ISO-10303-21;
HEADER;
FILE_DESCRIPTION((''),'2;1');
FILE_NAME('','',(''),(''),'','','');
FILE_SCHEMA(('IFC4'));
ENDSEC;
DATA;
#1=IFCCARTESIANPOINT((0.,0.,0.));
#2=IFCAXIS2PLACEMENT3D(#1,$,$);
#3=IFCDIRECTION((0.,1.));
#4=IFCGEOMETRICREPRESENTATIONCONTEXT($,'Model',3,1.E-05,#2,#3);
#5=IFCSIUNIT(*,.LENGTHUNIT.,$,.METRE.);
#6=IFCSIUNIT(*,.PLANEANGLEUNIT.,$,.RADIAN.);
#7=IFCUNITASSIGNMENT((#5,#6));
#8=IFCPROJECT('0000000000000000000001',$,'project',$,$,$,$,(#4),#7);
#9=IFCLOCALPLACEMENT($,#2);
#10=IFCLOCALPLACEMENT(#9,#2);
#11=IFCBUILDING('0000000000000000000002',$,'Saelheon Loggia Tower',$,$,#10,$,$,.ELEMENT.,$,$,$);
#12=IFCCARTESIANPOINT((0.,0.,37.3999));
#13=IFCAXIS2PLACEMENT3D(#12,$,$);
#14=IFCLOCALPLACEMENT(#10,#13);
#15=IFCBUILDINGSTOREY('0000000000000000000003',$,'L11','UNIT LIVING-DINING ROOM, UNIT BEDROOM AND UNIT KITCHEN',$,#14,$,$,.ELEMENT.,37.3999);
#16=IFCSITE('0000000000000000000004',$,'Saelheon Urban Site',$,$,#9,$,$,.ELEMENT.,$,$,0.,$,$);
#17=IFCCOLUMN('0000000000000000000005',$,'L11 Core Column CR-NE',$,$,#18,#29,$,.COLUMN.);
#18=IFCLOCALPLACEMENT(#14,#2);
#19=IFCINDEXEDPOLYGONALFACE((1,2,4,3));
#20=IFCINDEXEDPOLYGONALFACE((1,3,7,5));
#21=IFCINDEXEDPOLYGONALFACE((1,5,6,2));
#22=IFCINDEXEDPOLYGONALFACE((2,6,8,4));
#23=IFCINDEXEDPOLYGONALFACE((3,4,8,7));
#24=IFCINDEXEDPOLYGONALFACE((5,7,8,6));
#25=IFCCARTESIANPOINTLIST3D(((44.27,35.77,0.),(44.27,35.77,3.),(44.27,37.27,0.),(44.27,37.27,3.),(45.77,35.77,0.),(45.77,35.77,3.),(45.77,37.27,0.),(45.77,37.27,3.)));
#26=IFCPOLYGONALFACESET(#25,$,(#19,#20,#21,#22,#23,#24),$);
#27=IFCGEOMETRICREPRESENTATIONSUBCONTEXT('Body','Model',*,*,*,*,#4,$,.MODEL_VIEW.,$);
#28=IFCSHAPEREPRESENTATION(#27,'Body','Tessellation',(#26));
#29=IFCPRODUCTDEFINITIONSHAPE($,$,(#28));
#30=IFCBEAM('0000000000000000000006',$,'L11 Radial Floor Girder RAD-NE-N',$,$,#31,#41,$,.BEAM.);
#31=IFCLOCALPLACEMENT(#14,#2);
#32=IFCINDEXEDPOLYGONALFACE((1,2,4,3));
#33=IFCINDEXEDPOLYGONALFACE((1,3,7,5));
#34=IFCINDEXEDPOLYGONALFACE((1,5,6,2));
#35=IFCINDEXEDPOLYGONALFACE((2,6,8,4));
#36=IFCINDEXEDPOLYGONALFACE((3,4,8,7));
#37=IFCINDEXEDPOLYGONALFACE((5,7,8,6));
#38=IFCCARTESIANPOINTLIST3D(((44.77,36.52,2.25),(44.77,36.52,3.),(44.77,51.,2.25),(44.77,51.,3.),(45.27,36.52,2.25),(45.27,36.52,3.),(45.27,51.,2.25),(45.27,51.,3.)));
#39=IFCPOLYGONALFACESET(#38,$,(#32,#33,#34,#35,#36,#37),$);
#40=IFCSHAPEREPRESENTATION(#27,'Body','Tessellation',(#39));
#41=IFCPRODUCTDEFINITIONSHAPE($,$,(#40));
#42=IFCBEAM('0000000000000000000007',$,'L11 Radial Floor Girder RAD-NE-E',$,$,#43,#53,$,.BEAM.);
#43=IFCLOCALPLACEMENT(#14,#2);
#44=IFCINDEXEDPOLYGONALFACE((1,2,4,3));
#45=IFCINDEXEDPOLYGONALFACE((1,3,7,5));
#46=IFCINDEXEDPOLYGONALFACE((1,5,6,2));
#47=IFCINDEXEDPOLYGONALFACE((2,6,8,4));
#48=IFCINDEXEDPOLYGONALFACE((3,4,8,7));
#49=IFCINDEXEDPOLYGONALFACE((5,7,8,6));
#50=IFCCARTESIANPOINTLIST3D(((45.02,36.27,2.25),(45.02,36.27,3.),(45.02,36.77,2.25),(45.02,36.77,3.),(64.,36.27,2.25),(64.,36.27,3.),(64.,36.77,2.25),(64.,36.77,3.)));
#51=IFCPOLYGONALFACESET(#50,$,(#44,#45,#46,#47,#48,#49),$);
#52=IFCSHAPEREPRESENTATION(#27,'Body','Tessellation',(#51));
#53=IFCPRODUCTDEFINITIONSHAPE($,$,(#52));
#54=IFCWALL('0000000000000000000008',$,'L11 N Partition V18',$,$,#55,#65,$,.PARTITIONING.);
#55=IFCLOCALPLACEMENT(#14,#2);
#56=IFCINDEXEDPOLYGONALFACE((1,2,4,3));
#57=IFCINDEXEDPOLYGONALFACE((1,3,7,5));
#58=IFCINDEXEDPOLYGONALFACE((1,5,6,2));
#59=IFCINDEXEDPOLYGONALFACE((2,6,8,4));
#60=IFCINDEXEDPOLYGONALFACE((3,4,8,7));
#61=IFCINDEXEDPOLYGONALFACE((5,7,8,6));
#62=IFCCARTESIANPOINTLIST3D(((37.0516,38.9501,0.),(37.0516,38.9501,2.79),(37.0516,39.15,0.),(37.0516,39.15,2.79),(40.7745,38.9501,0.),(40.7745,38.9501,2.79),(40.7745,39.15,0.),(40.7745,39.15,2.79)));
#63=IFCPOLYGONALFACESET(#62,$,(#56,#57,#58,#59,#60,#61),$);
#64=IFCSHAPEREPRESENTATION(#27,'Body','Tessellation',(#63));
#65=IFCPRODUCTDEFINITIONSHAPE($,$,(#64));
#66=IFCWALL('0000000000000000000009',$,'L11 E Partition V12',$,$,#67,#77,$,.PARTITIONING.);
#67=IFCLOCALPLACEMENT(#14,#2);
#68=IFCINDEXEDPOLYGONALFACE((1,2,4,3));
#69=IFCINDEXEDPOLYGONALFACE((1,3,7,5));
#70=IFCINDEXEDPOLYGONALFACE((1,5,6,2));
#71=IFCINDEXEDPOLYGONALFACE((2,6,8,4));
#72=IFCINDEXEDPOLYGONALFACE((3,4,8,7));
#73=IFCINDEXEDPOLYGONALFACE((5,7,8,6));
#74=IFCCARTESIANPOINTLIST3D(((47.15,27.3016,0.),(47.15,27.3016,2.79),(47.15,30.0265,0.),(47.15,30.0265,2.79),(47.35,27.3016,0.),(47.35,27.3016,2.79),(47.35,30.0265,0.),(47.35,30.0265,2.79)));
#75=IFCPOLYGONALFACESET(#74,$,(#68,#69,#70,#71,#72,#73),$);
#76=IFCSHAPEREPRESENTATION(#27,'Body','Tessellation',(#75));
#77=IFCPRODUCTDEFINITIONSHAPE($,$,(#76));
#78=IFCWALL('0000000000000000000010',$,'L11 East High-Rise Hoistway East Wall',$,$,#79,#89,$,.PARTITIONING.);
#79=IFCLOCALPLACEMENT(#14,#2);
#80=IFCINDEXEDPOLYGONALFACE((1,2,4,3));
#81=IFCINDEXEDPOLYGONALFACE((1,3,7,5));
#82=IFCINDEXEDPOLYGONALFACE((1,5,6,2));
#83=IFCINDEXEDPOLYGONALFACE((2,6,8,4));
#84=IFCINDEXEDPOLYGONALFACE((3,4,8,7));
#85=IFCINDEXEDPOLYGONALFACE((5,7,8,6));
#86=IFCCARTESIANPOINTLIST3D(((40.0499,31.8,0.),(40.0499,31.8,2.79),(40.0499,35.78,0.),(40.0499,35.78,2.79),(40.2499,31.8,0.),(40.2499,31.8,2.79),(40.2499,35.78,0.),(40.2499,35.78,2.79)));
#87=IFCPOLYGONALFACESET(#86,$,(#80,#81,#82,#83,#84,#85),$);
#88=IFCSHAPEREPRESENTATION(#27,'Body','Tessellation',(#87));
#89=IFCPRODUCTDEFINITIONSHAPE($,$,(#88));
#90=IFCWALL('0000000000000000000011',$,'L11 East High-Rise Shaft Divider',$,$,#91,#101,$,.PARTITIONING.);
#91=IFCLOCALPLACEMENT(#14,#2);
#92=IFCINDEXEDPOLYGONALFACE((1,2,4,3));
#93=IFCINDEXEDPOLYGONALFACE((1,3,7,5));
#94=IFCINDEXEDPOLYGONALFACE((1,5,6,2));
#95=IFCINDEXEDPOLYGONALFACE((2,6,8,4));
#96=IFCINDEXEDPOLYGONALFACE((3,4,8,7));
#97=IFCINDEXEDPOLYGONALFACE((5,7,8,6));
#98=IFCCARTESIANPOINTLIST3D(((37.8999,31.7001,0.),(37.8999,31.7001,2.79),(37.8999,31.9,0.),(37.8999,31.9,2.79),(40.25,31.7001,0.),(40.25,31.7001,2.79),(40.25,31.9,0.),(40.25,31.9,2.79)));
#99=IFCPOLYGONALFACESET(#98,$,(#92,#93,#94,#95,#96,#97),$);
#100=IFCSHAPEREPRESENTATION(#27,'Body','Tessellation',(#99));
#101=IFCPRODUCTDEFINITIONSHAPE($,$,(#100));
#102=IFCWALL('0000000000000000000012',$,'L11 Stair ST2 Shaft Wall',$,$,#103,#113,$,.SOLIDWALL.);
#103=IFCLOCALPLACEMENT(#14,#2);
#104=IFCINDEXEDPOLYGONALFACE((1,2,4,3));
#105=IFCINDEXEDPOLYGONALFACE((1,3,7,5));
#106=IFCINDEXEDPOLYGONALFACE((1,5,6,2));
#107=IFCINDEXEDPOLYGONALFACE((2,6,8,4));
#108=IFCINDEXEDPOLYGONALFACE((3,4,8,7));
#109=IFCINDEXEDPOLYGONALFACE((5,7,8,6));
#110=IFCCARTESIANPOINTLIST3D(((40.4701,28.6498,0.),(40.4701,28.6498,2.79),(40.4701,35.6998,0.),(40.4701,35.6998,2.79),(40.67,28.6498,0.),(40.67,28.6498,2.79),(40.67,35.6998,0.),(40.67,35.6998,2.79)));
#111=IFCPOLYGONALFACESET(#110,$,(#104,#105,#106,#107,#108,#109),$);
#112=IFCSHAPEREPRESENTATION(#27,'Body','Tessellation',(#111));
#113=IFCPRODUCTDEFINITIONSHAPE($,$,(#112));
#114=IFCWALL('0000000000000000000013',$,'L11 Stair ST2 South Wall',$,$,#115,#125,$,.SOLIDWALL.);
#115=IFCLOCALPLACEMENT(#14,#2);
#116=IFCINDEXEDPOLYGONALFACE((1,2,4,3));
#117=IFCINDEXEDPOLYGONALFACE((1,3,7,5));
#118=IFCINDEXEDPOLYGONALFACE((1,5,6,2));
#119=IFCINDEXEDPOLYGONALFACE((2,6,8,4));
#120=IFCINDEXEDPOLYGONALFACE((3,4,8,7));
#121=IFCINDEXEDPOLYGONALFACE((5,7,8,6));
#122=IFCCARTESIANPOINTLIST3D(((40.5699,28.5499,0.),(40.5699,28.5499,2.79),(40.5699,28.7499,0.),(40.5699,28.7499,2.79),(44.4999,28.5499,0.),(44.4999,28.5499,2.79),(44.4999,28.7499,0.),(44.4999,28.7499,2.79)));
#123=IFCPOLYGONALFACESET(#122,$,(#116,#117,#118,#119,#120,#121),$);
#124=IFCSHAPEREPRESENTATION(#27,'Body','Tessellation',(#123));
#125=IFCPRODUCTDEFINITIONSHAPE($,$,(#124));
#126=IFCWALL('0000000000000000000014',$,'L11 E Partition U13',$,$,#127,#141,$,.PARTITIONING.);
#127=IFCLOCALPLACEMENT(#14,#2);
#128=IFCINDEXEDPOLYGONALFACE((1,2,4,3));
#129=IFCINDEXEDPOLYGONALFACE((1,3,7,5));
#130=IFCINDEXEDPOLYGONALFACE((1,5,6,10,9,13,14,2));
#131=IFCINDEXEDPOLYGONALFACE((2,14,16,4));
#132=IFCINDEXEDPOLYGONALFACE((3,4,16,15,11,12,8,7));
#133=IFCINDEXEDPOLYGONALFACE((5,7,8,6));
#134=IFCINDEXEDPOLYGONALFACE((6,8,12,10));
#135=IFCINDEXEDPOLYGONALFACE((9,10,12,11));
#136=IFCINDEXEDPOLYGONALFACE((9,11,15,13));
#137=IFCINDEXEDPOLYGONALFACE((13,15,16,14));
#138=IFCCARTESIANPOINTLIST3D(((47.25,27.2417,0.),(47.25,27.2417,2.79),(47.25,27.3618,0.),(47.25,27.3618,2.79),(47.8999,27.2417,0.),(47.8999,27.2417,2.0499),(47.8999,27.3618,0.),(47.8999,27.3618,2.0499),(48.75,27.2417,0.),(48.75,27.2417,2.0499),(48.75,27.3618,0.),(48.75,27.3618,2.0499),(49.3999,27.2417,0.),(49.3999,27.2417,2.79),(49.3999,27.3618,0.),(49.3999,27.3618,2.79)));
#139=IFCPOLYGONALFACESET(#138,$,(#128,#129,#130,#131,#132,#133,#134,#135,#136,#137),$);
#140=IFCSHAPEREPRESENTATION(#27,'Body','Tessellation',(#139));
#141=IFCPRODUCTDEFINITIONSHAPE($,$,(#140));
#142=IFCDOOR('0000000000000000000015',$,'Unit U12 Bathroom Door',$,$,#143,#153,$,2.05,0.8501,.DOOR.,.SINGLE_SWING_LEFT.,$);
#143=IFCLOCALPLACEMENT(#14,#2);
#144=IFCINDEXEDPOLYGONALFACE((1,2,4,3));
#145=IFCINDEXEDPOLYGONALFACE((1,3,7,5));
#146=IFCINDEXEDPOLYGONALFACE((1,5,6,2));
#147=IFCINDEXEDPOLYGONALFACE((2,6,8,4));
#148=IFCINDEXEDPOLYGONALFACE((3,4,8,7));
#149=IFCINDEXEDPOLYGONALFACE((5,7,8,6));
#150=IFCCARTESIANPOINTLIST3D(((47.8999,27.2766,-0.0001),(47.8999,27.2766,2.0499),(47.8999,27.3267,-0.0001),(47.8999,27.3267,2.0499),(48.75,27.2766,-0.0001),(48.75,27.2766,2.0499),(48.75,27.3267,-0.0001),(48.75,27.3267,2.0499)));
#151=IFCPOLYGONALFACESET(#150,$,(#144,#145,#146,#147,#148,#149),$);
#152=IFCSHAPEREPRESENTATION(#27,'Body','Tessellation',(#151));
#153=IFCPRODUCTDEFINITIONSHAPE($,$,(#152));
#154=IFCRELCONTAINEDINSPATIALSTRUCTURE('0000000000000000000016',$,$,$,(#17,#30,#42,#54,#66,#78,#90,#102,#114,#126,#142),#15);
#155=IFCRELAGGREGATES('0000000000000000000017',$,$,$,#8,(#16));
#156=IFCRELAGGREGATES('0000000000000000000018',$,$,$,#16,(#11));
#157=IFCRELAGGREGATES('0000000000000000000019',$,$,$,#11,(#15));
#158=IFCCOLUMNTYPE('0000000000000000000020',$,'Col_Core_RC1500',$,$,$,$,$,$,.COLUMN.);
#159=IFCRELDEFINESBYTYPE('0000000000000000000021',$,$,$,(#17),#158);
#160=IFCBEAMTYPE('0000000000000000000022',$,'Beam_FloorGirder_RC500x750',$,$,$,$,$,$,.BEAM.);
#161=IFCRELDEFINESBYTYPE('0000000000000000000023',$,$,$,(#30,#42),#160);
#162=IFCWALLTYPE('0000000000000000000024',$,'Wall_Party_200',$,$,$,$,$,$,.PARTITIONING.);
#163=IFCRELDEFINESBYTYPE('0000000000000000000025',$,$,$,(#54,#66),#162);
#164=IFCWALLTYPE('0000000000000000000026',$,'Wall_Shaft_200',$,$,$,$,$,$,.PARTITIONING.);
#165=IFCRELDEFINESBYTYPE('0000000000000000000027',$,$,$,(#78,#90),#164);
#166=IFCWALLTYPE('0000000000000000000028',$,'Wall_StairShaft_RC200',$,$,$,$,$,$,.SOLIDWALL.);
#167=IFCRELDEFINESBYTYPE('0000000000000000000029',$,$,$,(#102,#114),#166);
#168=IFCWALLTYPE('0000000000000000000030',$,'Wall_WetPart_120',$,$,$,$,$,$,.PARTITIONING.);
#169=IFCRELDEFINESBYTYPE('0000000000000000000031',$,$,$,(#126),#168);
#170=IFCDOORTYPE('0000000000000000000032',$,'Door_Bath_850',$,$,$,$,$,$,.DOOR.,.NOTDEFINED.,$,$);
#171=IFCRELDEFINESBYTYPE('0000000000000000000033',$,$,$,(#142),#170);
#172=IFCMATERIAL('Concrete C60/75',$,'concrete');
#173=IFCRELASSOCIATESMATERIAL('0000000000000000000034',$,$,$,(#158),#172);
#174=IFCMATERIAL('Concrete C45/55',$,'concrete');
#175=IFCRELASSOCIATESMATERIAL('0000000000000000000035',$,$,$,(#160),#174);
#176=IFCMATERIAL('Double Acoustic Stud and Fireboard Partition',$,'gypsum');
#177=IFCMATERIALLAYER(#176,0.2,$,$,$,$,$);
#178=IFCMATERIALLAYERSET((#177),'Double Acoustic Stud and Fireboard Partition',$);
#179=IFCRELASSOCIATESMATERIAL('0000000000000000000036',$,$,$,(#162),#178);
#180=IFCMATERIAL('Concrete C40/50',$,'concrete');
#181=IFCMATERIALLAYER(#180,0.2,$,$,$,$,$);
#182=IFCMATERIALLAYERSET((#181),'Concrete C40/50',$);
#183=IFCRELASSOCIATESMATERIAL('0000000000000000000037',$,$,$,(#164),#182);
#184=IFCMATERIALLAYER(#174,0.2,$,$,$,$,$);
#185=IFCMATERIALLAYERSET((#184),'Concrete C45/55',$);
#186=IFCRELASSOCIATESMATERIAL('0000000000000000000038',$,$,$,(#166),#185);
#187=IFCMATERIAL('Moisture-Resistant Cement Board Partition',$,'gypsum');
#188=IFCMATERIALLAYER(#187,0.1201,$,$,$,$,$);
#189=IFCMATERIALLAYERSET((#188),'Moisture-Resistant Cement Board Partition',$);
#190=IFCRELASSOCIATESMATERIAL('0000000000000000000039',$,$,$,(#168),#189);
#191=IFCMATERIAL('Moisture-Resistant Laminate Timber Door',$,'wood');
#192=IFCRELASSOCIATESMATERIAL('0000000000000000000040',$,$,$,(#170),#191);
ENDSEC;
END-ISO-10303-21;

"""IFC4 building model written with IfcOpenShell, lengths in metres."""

from ifc_helpers import new_model, si_unit, direction, frame, frame_2d, origin, origin_2d, place, context, subcontext, project, spatial, rectangle, extrude, source, transform, mapped, material, layer, layer_set, material_profile, profile_set, type_object, element, fill, save


model = new_model("IFC4")

# Units and contexts
model_context = context("Model", 3, precision=1e-05, world=origin(), true_north=direction((0.0, 1.0)))
body_context = subcontext(model_context, "Body", "Model", "MODEL_VIEW")
ifc_project = project(units=[si_unit("LENGTHUNIT", "METRE"), si_unit("PLANEANGLEUNIT", "RADIAN")], contexts=[model_context])

# Site, building, storey
site_placement = place(None, origin())
site = spatial("IfcSite", under=ifc_project, at=site_placement, Name="Saelheon Urban Site", CompositionType="ELEMENT", RefElevation=0.0)
building_placement = place(site_placement, origin())
building = spatial("IfcBuilding", under=site, at=building_placement, Name="Saelheon Loggia Tower", CompositionType="ELEMENT")
storey_placement = place(building_placement, frame((0.0, 0.0, 37.3999)))
storey = spatial("IfcBuildingStorey", under=building, at=storey_placement, Name="L11", Description="UNIT LIVING-DINING ROOM, UNIT BEDROOM AND UNIT KITCHEN", CompositionType="ELEMENT", Elevation=37.3999)

# Column
ifc_material_1 = material(Name="Concrete C60/75", Category="concrete")
ifc_material_profile_1 = material_profile(ifc_material_1, rectangle(XDim=1.5, YDim=1.5, at=origin_2d()), Name="RC-1500x1500")
ifc_profile_set_1 = profile_set([ifc_material_profile_1], Name="Concrete C60/75")
column_type = type_object("IfcColumnType", Name="Col_Core_RC1500", PredefinedType="COLUMN", material=ifc_profile_set_1)
shared_shape_1 = source(origin(), body_context, "Body", "SweptSolid", [
    extrude(rectangle(XDim=1.5, YDim=1.5, at=origin_2d()), origin(), (0.0, 0.0, 1.0), 3.0),
])
column_placement = place(storey_placement, frame((45.02, 36.52, 0.0), z_axis=(0.0, 0.0, 1.0), x_axis=(1.0, 0.0, 0.0)))
element("IfcColumn", 1, at=column_placement, inside=storey, type_object=column_type, Name="L11 Core Column CR-NE", PredefinedType="COLUMN", context=body_context, shape_type="MappedRepresentation", body=[
    mapped(shared_shape_1, transform((0.0, 0.0, 0.0), scale=1.0)),
])

# Beams
ifc_material_2 = material(Name="Concrete C45/55", Category="concrete")
ifc_material_profile_2 = material_profile(ifc_material_2, rectangle(XDim=0.5, YDim=0.75, at=origin_2d()), Name="RC-500x750")
ifc_profile_set_2 = profile_set([ifc_material_profile_2], Name="Concrete C45/55")
beam_type = type_object("IfcBeamType", Name="Beam_FloorGirder_RC500x750", PredefinedType="BEAM", material=ifc_profile_set_2)
shared_shape_2 = source(origin(), body_context, "Body", "SweptSolid", [
    extrude(rectangle(XDim=0.5, YDim=0.75, at=origin_2d()), origin(), (0.0, 0.0, 1.0), 14.48),
])
beam_1_placement = place(storey_placement, frame((45.02, 36.52, 2.625), z_axis=(0.0, 1.0, 0.0), x_axis=(-1.0, 0.0, 0.0)))
element("IfcBeam", 2, at=beam_1_placement, inside=storey, type_object=beam_type, Name="L11 Radial Floor Girder RAD-NE-N", PredefinedType="BEAM", context=body_context, shape_type="MappedRepresentation", body=[
    mapped(shared_shape_2, transform((0.0, 0.0, 0.0), scale=1.0)),
])
shared_shape_3 = source(origin(), body_context, "Body", "SweptSolid", [
    extrude(rectangle(XDim=0.5, YDim=0.75, at=origin_2d()), origin(), (0.0, 0.0, 1.0), 18.98),
])
beam_2_placement = place(storey_placement, frame((45.02, 36.52, 2.625), z_axis=(1.0, 0.0, 0.0), x_axis=(0.0, 1.0, 0.0)))
element("IfcBeam", 3, at=beam_2_placement, inside=storey, type_object=beam_type, Name="L11 Radial Floor Girder RAD-NE-E", PredefinedType="BEAM", context=body_context, shape_type="MappedRepresentation", body=[
    mapped(shared_shape_3, transform((0.0, 0.0, 0.0), scale=1.0)),
])

# Walls
ifc_material_3 = material(Name="Double Acoustic Stud and Fireboard Partition", Category="gypsum")
ifc_layer_1 = layer(ifc_material_3, 0.2)
ifc_layer_set_1 = layer_set([ifc_layer_1], Name="Double Acoustic Stud and Fireboard Partition")
wall_type_1 = type_object("IfcWallType", Name="Wall_Party_200", PredefinedType="PARTITIONING", material=ifc_layer_set_1)
wall_1_placement = place(storey_placement, frame((37.0518, 39.05, 0.0), z_axis=(0.0, 0.0, 1.0), x_axis=(1.0, 0.0, 0.0)))
element("IfcWall", 4, at=wall_1_placement, inside=storey, type_object=wall_type_1, Name="L11 N Partition V18", PredefinedType="PARTITIONING", context=body_context, shape_type="SweptSolid", body=[
    extrude(rectangle(XDim=3.7229, YDim=0.2, at=frame_2d((1.8613, 0.0))), origin(), (0.0, 0.0, 1.0), 2.79),
])
wall_2_placement = place(storey_placement, frame((47.25, 27.3018, 0.0), z_axis=(0.0, 0.0, 1.0), x_axis=(0.0, 1.0, 0.0)))
element("IfcWall", 5, at=wall_2_placement, inside=storey, type_object=wall_type_1, Name="L11 E Partition V12", PredefinedType="PARTITIONING", context=body_context, shape_type="SweptSolid", body=[
    extrude(rectangle(XDim=2.7249, YDim=0.2, at=frame_2d((1.3623, 0.0))), origin(), (0.0, 0.0, 1.0), 2.79),
])
ifc_material_4 = material(Name="Concrete C40/50", Category="concrete")
ifc_layer_2 = layer(ifc_material_4, 0.2)
ifc_layer_set_2 = layer_set([ifc_layer_2], Name="Concrete C40/50")
wall_type_2 = type_object("IfcWallType", Name="Wall_Shaft_200", PredefinedType="PARTITIONING", material=ifc_layer_set_2)
wall_3_placement = place(storey_placement, frame((40.1499, 31.8, 0.0), z_axis=(0.0, 0.0, 1.0), x_axis=(0.0, 1.0, 0.0)))
element("IfcWall", 6, at=wall_3_placement, inside=storey, type_object=wall_type_2, Name="L11 East High-Rise Hoistway East Wall", PredefinedType="PARTITIONING", context=body_context, shape_type="SweptSolid", body=[
    extrude(rectangle(XDim=3.98, YDim=0.2, at=frame_2d((1.99, 0.0))), origin(), (0.0, 0.0, 1.0), 2.79),
])
wall_4_placement = place(storey_placement, frame((37.8999, 31.8, 0.0), z_axis=(0.0, 0.0, 1.0), x_axis=(1.0, 0.0, 0.0)))
element("IfcWall", 7, at=wall_4_placement, inside=storey, type_object=wall_type_2, Name="L11 East High-Rise Shaft Divider", PredefinedType="PARTITIONING", context=body_context, shape_type="SweptSolid", body=[
    extrude(rectangle(XDim=2.3501, YDim=0.2, at=frame_2d((1.175, 0.0))), origin(), (0.0, 0.0, 1.0), 2.79),
])
ifc_layer_3 = layer(ifc_material_2, 0.2)
ifc_layer_set_3 = layer_set([ifc_layer_3], Name="Concrete C45/55")
wall_type_3 = type_object("IfcWallType", Name="Wall_StairShaft_RC200", PredefinedType="SOLIDWALL", material=ifc_layer_set_3)
wall_5_placement = place(storey_placement, frame((40.5701, 28.6499, 0.0), z_axis=(0.0, 0.0, 1.0), x_axis=(0.0, 1.0, 0.0)))
element("IfcWall", 8, at=wall_5_placement, inside=storey, type_object=wall_type_3, Name="L11 Stair ST2 Shaft Wall", PredefinedType="SOLIDWALL", context=body_context, shape_type="SweptSolid", body=[
    extrude(rectangle(XDim=7.05, YDim=0.2, at=frame_2d((3.5249, 0.0))), origin(), (0.0, 0.0, 1.0), 2.79),
])
wall_6_placement = place(storey_placement, frame((40.5701, 28.6499, 0.0), z_axis=(0.0, 0.0, 1.0), x_axis=(1.0, 0.0, 0.0)))
element("IfcWall", 9, at=wall_6_placement, inside=storey, type_object=wall_type_3, Name="L11 Stair ST2 South Wall", PredefinedType="SOLIDWALL", context=body_context, shape_type="SweptSolid", body=[
    extrude(rectangle(XDim=3.9299, YDim=0.2, at=frame_2d((1.9648, 0.0))), origin(), (0.0, 0.0, 1.0), 2.79),
])

# Wall, opening, door
ifc_material_5 = material(Name="Moisture-Resistant Cement Board Partition", Category="gypsum")
ifc_layer_4 = layer(ifc_material_5, 0.1201)
ifc_layer_set_4 = layer_set([ifc_layer_4], Name="Moisture-Resistant Cement Board Partition")
wall_type_4 = type_object("IfcWallType", Name="Wall_WetPart_120", PredefinedType="PARTITIONING", material=ifc_layer_set_4)
wall_7_placement = place(storey_placement, frame((47.25, 27.3018, 0.0), z_axis=(0.0, 0.0, 1.0), x_axis=(1.0, 0.0, 0.0)))
wall_7 = element("IfcWall", 10, at=wall_7_placement, inside=storey, type_object=wall_type_4, Name="L11 E Partition U13", PredefinedType="PARTITIONING", context=body_context, shape_type="SweptSolid", body=[
    extrude(rectangle(XDim=2.1499, YDim=0.1201, at=frame_2d((1.075, 0.0))), origin(), (0.0, 0.0, 1.0), 2.79),
])
opening_placement = place(wall_7_placement, frame((0.6499, 0.0, 0.0)))
opening = element("IfcOpeningElement", 11, at=opening_placement, cuts=wall_7, PredefinedType="OPENING", context=body_context, shape_type="SweptSolid", body=[
    extrude(rectangle(XDim=0.8501, YDim=2.05, at=frame_2d((0.425, 1.0249))), frame((0.0, 0.072, 0.0), z_axis=(0.0, -1.0, 0.0), x_axis=(1.0, 0.0, 0.0)), (0.0, 0.0, 1.0), 0.144),
])
ifc_material_6 = material(Name="Moisture-Resistant Laminate Timber Door", Category="wood")
door_type = type_object("IfcDoorType", Name="Door_Bath_850", OperationType="NOTDEFINED", PredefinedType="DOOR", material=ifc_material_6)
shared_shape_4 = source(origin(), body_context, "Body", "SweptSolid", [
    extrude(rectangle(XDim=0.8501, YDim=2.05, at=frame_2d((0.425, 1.0249))), frame((0.0, 0.0249, 0.0), z_axis=(0.0, -1.0, 0.0), x_axis=(1.0, 0.0, 0.0)), (0.0, 0.0, 1.0), 0.05),
])
door_placement = place(opening_placement, origin())
door = element("IfcDoor", 12, at=door_placement, inside=storey, type_object=door_type, Name="Unit U12 Bathroom Door", OperationType="SINGLE_SWING_LEFT", OverallHeight=2.05, OverallWidth=0.8501, PredefinedType="DOOR", context=body_context, shape_type="MappedRepresentation", body=[
    mapped(shared_shape_4, transform((0.0, 0.0, 0.0), scale=1.0)),
])
fill(opening, door)

save(model, "model.ifc")
